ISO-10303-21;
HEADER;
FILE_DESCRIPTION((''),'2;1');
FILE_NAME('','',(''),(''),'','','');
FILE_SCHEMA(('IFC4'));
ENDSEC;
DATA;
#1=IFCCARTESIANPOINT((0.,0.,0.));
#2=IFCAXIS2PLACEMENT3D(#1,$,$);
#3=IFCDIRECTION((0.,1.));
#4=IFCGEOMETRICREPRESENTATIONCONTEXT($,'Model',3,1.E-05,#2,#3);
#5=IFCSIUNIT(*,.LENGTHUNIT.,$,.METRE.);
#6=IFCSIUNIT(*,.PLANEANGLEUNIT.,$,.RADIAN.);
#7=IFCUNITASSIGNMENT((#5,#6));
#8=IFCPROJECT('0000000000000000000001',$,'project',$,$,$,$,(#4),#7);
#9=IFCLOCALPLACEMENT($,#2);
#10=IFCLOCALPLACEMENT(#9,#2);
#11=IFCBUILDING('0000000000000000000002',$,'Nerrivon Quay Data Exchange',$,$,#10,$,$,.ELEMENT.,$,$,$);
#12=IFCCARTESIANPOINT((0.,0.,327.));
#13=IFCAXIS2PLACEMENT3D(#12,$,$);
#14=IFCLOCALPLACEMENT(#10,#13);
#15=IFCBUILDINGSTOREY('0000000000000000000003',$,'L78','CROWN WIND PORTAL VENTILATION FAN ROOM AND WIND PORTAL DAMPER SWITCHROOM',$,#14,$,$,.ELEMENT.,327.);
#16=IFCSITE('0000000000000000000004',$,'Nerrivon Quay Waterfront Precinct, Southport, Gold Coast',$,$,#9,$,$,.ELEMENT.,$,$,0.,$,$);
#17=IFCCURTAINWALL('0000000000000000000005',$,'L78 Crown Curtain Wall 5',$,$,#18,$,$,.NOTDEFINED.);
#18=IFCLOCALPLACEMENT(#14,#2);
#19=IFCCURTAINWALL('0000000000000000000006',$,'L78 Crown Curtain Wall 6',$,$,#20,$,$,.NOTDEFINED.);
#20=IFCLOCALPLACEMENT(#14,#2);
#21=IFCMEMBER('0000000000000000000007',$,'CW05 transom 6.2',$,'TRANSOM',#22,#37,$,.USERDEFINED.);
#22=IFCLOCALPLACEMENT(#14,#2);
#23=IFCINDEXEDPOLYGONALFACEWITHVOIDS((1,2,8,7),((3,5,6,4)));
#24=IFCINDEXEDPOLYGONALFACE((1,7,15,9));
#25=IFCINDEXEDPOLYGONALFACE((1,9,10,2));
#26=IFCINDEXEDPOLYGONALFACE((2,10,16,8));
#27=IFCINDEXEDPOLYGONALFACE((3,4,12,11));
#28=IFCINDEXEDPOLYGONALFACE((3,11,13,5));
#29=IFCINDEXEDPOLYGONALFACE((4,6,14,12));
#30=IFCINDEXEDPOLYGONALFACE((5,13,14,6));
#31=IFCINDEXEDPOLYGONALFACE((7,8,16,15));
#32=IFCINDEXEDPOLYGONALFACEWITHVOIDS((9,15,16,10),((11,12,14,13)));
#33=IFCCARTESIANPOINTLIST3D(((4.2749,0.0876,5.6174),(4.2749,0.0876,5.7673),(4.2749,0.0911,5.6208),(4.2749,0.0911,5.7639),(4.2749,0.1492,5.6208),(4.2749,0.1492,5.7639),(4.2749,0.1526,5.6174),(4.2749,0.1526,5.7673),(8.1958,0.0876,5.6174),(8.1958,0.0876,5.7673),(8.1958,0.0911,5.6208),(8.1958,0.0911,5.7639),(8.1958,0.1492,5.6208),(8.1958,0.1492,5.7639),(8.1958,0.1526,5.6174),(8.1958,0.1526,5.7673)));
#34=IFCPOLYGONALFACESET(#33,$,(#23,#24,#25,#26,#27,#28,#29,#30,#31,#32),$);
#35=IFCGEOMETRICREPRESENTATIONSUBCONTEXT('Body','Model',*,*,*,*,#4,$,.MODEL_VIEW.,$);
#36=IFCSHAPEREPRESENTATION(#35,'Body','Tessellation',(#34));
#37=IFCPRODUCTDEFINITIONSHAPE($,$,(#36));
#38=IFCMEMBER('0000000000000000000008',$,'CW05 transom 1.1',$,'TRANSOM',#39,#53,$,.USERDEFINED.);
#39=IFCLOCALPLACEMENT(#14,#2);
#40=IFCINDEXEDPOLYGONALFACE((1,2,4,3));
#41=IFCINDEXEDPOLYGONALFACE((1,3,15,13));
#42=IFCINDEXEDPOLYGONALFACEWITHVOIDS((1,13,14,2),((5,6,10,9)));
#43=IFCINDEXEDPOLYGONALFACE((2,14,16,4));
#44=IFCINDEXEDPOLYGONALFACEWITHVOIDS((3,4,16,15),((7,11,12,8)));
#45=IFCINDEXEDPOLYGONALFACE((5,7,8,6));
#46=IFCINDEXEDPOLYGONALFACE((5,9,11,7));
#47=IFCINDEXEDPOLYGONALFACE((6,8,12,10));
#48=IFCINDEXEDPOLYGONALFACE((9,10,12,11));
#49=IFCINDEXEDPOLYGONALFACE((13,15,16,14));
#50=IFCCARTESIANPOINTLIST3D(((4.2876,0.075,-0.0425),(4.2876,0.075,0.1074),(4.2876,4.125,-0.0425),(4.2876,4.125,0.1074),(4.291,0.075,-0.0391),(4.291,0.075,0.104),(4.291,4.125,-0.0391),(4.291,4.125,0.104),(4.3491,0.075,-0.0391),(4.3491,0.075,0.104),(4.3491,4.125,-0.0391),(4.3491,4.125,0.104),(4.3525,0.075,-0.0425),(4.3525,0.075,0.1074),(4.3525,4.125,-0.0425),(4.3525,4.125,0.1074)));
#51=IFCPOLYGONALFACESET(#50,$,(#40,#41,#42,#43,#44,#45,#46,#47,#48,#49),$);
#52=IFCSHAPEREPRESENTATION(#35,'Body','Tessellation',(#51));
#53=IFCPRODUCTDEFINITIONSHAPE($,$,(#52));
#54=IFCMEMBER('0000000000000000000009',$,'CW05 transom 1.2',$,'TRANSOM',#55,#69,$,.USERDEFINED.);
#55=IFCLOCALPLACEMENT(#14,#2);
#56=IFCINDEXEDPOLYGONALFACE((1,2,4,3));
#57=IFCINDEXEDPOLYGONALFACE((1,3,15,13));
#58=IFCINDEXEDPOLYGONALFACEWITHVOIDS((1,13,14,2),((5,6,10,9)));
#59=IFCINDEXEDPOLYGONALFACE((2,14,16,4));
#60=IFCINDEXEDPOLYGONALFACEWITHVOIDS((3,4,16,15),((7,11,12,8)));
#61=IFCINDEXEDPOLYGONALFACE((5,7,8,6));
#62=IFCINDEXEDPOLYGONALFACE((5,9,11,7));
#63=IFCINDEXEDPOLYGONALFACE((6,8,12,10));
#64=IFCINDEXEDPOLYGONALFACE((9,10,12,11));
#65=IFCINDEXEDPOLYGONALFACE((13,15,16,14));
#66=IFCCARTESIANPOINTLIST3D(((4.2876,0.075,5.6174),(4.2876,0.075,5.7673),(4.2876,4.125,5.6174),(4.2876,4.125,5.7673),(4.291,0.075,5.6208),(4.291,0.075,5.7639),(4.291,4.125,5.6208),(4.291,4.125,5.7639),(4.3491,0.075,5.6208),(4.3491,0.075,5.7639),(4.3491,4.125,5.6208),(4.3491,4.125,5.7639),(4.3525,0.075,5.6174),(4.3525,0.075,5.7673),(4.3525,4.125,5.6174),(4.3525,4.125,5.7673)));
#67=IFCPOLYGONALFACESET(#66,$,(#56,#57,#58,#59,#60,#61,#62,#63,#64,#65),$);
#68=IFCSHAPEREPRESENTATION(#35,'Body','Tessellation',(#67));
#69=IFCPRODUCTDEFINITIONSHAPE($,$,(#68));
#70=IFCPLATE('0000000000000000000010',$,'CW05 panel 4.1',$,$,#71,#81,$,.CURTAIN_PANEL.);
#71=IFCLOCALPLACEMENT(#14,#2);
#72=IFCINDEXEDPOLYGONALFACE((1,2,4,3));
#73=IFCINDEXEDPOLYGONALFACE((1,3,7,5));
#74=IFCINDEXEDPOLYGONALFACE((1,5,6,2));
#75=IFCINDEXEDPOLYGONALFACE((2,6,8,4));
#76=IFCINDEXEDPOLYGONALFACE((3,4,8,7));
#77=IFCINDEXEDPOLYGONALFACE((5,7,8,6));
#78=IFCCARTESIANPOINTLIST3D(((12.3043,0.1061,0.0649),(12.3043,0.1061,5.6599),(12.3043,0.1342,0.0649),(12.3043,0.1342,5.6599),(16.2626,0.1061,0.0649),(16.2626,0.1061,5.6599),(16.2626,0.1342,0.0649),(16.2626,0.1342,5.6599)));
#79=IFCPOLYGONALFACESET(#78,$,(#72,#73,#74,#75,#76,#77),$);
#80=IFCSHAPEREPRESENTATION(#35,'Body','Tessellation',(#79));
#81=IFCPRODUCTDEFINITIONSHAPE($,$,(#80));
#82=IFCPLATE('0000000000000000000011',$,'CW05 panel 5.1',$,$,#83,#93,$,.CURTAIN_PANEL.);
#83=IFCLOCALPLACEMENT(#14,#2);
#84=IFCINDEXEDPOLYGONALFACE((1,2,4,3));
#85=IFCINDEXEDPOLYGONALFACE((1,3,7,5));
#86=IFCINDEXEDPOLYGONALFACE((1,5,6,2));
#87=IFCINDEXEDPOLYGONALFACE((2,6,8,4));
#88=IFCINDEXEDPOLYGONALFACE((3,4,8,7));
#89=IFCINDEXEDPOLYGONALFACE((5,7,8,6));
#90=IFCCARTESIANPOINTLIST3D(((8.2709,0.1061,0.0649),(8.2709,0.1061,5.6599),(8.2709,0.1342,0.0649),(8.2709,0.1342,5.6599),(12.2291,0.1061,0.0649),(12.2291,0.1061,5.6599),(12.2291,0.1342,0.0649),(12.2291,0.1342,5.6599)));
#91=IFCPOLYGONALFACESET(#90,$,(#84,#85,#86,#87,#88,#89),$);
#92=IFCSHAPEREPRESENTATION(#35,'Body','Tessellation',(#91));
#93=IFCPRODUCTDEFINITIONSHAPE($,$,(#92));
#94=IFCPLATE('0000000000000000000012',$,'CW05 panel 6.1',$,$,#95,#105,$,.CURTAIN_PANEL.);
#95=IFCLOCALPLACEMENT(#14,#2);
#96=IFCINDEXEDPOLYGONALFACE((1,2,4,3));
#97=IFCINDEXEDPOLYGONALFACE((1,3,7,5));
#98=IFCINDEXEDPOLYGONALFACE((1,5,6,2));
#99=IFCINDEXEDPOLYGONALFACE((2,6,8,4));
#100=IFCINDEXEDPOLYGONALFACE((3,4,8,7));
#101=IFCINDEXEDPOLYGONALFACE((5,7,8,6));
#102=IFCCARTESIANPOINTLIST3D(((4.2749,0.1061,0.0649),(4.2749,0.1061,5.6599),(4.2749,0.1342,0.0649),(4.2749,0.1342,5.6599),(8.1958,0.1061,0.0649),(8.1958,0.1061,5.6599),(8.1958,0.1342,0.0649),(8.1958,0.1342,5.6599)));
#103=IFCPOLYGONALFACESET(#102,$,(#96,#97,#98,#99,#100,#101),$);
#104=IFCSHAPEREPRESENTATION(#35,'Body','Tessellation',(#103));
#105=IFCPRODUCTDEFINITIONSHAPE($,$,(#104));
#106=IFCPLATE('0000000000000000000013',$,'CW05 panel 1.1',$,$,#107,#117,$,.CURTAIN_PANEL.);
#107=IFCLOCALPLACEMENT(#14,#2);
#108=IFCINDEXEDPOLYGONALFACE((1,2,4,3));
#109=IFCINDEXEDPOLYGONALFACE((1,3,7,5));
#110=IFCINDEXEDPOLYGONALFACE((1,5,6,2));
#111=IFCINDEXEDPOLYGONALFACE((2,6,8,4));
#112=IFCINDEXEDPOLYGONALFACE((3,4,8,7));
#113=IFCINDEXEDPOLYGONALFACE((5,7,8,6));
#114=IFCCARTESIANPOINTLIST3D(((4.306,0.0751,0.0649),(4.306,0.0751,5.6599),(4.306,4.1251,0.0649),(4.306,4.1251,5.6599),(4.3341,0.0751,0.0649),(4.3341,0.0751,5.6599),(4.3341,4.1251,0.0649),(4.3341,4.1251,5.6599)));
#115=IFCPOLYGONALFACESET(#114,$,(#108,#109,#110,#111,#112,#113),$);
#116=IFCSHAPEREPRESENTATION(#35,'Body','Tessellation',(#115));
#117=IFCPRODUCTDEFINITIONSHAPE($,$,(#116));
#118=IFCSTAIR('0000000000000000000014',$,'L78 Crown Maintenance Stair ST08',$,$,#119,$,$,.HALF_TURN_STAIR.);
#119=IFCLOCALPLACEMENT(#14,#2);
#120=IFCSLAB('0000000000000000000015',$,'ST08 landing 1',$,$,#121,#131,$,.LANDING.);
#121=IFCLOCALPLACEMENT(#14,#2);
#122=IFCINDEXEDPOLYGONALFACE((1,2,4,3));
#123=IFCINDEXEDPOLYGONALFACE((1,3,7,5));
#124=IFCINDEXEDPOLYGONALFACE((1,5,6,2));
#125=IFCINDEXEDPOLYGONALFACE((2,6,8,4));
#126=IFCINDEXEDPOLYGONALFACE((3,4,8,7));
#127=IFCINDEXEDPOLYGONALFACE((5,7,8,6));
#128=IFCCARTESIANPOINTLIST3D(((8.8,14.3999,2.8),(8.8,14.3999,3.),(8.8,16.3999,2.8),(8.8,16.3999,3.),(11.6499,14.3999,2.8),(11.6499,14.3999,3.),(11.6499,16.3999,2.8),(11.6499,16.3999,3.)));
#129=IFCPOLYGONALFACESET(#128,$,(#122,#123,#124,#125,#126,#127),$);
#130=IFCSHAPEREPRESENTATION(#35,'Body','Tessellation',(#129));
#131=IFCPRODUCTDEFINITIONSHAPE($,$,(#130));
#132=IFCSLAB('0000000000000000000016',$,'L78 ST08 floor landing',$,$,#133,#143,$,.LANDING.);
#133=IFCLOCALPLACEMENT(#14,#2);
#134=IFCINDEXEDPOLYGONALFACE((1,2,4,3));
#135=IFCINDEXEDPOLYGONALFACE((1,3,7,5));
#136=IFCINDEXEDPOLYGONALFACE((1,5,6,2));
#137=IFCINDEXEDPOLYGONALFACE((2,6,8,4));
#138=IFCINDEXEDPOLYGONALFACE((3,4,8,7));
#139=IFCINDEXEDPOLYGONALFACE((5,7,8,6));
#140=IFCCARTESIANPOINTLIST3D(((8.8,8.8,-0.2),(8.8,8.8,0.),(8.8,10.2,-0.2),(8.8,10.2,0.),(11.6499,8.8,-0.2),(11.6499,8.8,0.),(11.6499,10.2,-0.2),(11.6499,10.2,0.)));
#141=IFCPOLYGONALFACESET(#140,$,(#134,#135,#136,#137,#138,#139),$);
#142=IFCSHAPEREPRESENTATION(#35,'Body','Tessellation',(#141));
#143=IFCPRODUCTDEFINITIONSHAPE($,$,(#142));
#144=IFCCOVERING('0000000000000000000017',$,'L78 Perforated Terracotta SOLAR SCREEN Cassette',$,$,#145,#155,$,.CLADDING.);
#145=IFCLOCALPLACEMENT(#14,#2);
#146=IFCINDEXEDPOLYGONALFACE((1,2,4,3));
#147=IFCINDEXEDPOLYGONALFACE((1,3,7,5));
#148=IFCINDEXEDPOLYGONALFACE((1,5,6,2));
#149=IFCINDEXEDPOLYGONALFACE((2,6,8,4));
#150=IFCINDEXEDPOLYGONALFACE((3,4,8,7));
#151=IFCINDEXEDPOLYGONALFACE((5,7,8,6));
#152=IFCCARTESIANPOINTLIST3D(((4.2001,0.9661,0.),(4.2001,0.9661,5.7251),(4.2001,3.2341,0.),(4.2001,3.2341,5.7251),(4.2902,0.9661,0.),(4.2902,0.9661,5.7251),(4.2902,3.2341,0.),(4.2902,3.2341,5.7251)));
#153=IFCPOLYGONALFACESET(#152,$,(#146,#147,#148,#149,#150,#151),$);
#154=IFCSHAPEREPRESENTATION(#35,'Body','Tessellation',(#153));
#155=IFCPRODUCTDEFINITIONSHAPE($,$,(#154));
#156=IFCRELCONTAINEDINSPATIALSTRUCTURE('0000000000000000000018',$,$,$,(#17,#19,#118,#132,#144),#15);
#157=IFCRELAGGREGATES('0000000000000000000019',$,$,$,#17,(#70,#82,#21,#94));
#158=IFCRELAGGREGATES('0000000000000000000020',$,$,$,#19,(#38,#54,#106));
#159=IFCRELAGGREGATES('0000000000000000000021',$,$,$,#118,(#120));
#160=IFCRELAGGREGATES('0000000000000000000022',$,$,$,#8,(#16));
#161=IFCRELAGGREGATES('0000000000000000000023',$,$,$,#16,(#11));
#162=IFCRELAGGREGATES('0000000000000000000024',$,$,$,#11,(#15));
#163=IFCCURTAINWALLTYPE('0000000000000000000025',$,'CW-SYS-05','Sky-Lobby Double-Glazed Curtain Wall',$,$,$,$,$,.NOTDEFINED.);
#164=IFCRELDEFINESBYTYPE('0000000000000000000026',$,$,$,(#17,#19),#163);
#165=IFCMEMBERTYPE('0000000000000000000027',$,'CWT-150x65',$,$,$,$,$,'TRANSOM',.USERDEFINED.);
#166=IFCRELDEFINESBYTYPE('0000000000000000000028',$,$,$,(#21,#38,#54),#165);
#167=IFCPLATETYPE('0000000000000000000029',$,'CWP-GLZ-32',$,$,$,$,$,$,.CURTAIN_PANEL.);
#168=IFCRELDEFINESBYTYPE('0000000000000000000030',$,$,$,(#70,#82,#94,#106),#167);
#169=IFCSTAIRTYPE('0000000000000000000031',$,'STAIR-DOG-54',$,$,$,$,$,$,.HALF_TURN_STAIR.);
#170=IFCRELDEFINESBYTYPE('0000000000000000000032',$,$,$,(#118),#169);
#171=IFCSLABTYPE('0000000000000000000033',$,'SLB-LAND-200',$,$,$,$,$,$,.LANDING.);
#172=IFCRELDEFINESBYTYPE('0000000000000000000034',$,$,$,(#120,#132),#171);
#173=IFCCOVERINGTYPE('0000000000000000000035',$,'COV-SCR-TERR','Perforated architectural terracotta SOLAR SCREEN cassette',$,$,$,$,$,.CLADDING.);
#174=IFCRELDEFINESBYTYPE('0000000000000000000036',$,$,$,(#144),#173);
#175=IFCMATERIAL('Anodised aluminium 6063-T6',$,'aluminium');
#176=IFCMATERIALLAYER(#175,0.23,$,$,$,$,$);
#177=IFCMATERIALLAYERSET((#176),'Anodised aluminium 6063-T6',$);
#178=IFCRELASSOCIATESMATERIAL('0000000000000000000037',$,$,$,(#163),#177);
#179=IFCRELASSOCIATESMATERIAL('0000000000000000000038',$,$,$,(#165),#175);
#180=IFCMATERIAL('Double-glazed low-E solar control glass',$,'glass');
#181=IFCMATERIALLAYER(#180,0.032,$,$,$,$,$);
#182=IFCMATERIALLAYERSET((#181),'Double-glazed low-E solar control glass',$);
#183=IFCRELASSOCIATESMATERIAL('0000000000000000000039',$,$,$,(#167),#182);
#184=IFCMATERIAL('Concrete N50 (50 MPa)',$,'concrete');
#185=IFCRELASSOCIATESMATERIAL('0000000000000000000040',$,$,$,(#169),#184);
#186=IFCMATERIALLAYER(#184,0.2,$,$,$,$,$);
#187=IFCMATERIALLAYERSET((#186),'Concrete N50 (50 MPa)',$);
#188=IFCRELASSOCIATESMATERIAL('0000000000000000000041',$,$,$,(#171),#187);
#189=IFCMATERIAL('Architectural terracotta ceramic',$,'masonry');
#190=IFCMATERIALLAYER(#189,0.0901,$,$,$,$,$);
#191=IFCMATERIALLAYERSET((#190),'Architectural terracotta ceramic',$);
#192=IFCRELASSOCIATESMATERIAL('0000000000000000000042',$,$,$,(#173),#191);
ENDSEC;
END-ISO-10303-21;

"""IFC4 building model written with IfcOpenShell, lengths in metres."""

from ifc_helpers import new_model, si_unit, direction, frame, origin, origin_2d, place, context, subcontext, project, spatial, polyline, rectangle, hollow_rectangle, outline, extrude, material, layer, layer_set, material_profile, profile_set, type_object, element, aggregate, save


model = new_model("IFC4")

# Units and contexts
model_context = context("Model", 3, precision=1e-05, world=origin(), true_north=direction((0.0, 1.0)))
body_context = subcontext(model_context, "Body", "Model", "MODEL_VIEW")
ifc_project = project(units=[si_unit("LENGTHUNIT", "METRE"), si_unit("PLANEANGLEUNIT", "RADIAN")], contexts=[model_context])

# Site, building, storey
site_placement = place(None, origin())
site = spatial("IfcSite", under=ifc_project, at=site_placement, Name="Nerrivon Quay Waterfront Precinct, Southport, Gold Coast", CompositionType="ELEMENT", RefElevation=0.0)
building_placement = place(site_placement, origin())
building = spatial("IfcBuilding", under=site, at=building_placement, Name="Nerrivon Quay Data Exchange", CompositionType="ELEMENT")
storey_placement = place(building_placement, frame((0.0, 0.0, 327.0)))
storey = spatial("IfcBuildingStorey", under=building, at=storey_placement, Name="L78", Description="CROWN WIND PORTAL VENTILATION FAN ROOM AND WIND PORTAL DAMPER SWITCHROOM", CompositionType="ELEMENT", Elevation=327.0)

# Curtain walls
ifc_material_1 = material(Name="Anodised aluminium 6063-T6", Category="aluminium")
ifc_layer_1 = layer(ifc_material_1, 0.23)
ifc_layer_set_1 = layer_set([ifc_layer_1], Name="Anodised aluminium 6063-T6")
curtain_wall_type = type_object("IfcCurtainWallType", Name="CW-SYS-05", Description="Sky-Lobby Double-Glazed Curtain Wall", PredefinedType="NOTDEFINED", material=ifc_layer_set_1)
curtain_wall_1_placement = place(storey_placement, origin())
curtain_wall_1 = element("IfcCurtainWall", 1, at=curtain_wall_1_placement, inside=storey, type_object=curtain_wall_type, Name="L78 Crown Curtain Wall 5", PredefinedType="NOTDEFINED")
curtain_wall_2_placement = place(storey_placement, origin())
curtain_wall_2 = element("IfcCurtainWall", 2, at=curtain_wall_2_placement, inside=storey, type_object=curtain_wall_type, Name="L78 Crown Curtain Wall 6", PredefinedType="NOTDEFINED")

# Members
ifc_material_profile_1 = material_profile(ifc_material_1, hollow_rectangle(XDim=0.0649, YDim=0.1499, WallThickness=0.0034, at=origin_2d()), Name="ALU-TRAN-150x65")
ifc_profile_set_1 = profile_set([ifc_material_profile_1], Name="Anodised aluminium 6063-T6")
member_type_1 = type_object("IfcMemberType", Name="CWT-150x65", ElementType="TRANSOM", PredefinedType="USERDEFINED", material=ifc_profile_set_1)
member_1_placement = place(storey_placement, frame((8.1958, 0.1201, 5.6924), z_axis=(-1.0, 0.0, 0.0), x_axis=(0.0, -1.0, 0.0)))
member_1 = element("IfcMember", 3, at=member_1_placement, type_object=member_type_1, Name="CW05 transom 6.2", ObjectType="TRANSOM", PredefinedType="USERDEFINED", context=body_context, shape_type="SweptSolid", body=[
    extrude(hollow_rectangle(XDim=0.0649, YDim=0.1499, WallThickness=0.0034, at=origin_2d()), origin(), (0.0, 0.0, 1.0), 3.9209),
])
member_2_placement = place(storey_placement, frame((4.3201, 0.075, 0.0325), z_axis=(0.0, 1.0, 0.0), x_axis=(-1.0, 0.0, 0.0)))
member_2 = element("IfcMember", 4, at=member_2_placement, type_object=member_type_1, Name="CW05 transom 1.1", ObjectType="TRANSOM", PredefinedType="USERDEFINED", context=body_context, shape_type="SweptSolid", body=[
    extrude(hollow_rectangle(XDim=0.0649, YDim=0.1499, WallThickness=0.0034, at=origin_2d()), origin(), (0.0, 0.0, 1.0), 4.05),
])
member_3_placement = place(storey_placement, frame((4.3201, 0.075, 5.6924), z_axis=(0.0, 1.0, 0.0), x_axis=(-1.0, 0.0, 0.0)))
member_3 = element("IfcMember", 5, at=member_3_placement, type_object=member_type_1, Name="CW05 transom 1.2", ObjectType="TRANSOM", PredefinedType="USERDEFINED", context=body_context, shape_type="SweptSolid", body=[
    extrude(hollow_rectangle(XDim=0.0649, YDim=0.1499, WallThickness=0.0034, at=origin_2d()), origin(), (0.0, 0.0, 1.0), 4.05),
])

# Plates
ifc_material_2 = material(Name="Double-glazed low-E solar control glass", Category="glass")
ifc_layer_2 = layer(ifc_material_2, 0.032)
ifc_layer_set_2 = layer_set([ifc_layer_2], Name="Double-glazed low-E solar control glass")
plate_type = type_object("IfcPlateType", Name="CWP-GLZ-32", PredefinedType="CURTAIN_PANEL", material=ifc_layer_set_2)
plate_1_placement = place(storey_placement, frame((14.2834, 0.1201, 0.0649), z_axis=(0.0, 0.0, 1.0), x_axis=(-1.0, 0.0, 0.0)))
plate_1 = element("IfcPlate", 6, at=plate_1_placement, type_object=plate_type, Name="CW05 panel 4.1", PredefinedType="CURTAIN_PANEL", context=body_context, shape_type="SweptSolid", body=[
    extrude(rectangle(XDim=3.9583, YDim=0.0281, at=origin_2d()), origin(), (0.0, 0.0, 1.0), 5.595),
])
plate_2_placement = place(storey_placement, frame((10.25, 0.1201, 0.0649), z_axis=(0.0, 0.0, 1.0), x_axis=(-1.0, 0.0, 0.0)))
plate_2 = element("IfcPlate", 7, at=plate_2_placement, type_object=plate_type, Name="CW05 panel 5.1", PredefinedType="CURTAIN_PANEL", context=body_context, shape_type="SweptSolid", body=[
    extrude(rectangle(XDim=3.9583, YDim=0.0281, at=origin_2d()), origin(), (0.0, 0.0, 1.0), 5.595),
])
plate_3_placement = place(storey_placement, frame((6.2354, 0.1201, 0.0649), z_axis=(0.0, 0.0, 1.0), x_axis=(-1.0, 0.0, 0.0)))
plate_3 = element("IfcPlate", 8, at=plate_3_placement, type_object=plate_type, Name="CW05 panel 6.1", PredefinedType="CURTAIN_PANEL", context=body_context, shape_type="SweptSolid", body=[
    extrude(rectangle(XDim=3.9209, YDim=0.0281, at=origin_2d()), origin(), (0.0, 0.0, 1.0), 5.595),
])
aggregate(curtain_wall_1, [plate_1, plate_2, member_1, plate_3])
plate_4_placement = place(storey_placement, frame((4.3201, 2.1001, 0.0649), z_axis=(0.0, 0.0, 1.0), x_axis=(0.0, 1.0, 0.0)))
plate_4 = element("IfcPlate", 9, at=plate_4_placement, type_object=plate_type, Name="CW05 panel 1.1", PredefinedType="CURTAIN_PANEL", context=body_context, shape_type="SweptSolid", body=[
    extrude(rectangle(XDim=4.05, YDim=0.0281, at=origin_2d()), origin(), (0.0, 0.0, 1.0), 5.595),
])
aggregate(curtain_wall_2, [member_2, member_3, plate_4])

# Stair, slab
ifc_material_3 = material(Name="Concrete N50 (50 MPa)", Category="concrete")
stair_type = type_object("IfcStairType", Name="STAIR-DOG-54", PredefinedType="HALF_TURN_STAIR", material=ifc_material_3)
stair_placement = place(storey_placement, origin())
stair = element("IfcStair", 10, at=stair_placement, inside=storey, type_object=stair_type, Name="L78 Crown Maintenance Stair ST08", PredefinedType="HALF_TURN_STAIR")
ifc_layer_3 = layer(ifc_material_3, 0.2)
ifc_layer_set_3 = layer_set([ifc_layer_3], Name="Concrete N50 (50 MPa)")
slab_type = type_object("IfcSlabType", Name="SLB-LAND-200", PredefinedType="LANDING", material=ifc_layer_set_3)
slab_1_placement = place(storey_placement, frame((0.0, 0.0, 2.8)))
slab_1 = element("IfcSlab", 11, at=slab_1_placement, type_object=slab_type, Name="ST08 landing 1", PredefinedType="LANDING", context=body_context, shape_type="SweptSolid", body=[
    extrude(outline(polyline([(11.6499, 14.3999), (11.6499, 16.3999), (8.8, 16.3999), (8.8, 14.3999), (11.6499, 14.3999)])), origin(), (0.0, 0.0, 1.0), 0.2),
])
aggregate(stair, [slab_1])

# Slab
slab_2_placement = place(storey_placement, frame((0.0, 0.0, -0.2)))
element("IfcSlab", 12, at=slab_2_placement, inside=storey, type_object=slab_type, Name="L78 ST08 floor landing", PredefinedType="LANDING", context=body_context, shape_type="SweptSolid", body=[
    extrude(outline(polyline([(11.6499, 8.8), (11.6499, 10.2), (8.8, 10.2), (8.8, 8.8), (11.6499, 8.8)])), origin(), (0.0, 0.0, 1.0), 0.2),
])

# Covering
ifc_material_4 = material(Name="Architectural terracotta ceramic", Category="masonry")
ifc_layer_4 = layer(ifc_material_4, 0.0901)
ifc_layer_set_4 = layer_set([ifc_layer_4], Name="Architectural terracotta ceramic")
covering_type = type_object("IfcCoveringType", Name="COV-SCR-TERR", Description="Perforated architectural terracotta SOLAR SCREEN cassette", PredefinedType="CLADDING", material=ifc_layer_set_4)
covering_placement = place(storey_placement, frame((4.2451, 2.1001, 0.0), z_axis=(0.0, 0.0, 1.0), x_axis=(0.0, 1.0, 0.0)))
element("IfcCovering", 13, at=covering_placement, inside=storey, type_object=covering_type, Name="L78 Perforated Terracotta SOLAR SCREEN Cassette", PredefinedType="CLADDING", context=body_context, shape_type="SweptSolid", body=[
    extrude(rectangle(XDim=2.2681, YDim=0.0901, at=origin_2d()), origin(), (0.0, 0.0, 1.0), 5.7251),
])

save(model, "model.ifc")
